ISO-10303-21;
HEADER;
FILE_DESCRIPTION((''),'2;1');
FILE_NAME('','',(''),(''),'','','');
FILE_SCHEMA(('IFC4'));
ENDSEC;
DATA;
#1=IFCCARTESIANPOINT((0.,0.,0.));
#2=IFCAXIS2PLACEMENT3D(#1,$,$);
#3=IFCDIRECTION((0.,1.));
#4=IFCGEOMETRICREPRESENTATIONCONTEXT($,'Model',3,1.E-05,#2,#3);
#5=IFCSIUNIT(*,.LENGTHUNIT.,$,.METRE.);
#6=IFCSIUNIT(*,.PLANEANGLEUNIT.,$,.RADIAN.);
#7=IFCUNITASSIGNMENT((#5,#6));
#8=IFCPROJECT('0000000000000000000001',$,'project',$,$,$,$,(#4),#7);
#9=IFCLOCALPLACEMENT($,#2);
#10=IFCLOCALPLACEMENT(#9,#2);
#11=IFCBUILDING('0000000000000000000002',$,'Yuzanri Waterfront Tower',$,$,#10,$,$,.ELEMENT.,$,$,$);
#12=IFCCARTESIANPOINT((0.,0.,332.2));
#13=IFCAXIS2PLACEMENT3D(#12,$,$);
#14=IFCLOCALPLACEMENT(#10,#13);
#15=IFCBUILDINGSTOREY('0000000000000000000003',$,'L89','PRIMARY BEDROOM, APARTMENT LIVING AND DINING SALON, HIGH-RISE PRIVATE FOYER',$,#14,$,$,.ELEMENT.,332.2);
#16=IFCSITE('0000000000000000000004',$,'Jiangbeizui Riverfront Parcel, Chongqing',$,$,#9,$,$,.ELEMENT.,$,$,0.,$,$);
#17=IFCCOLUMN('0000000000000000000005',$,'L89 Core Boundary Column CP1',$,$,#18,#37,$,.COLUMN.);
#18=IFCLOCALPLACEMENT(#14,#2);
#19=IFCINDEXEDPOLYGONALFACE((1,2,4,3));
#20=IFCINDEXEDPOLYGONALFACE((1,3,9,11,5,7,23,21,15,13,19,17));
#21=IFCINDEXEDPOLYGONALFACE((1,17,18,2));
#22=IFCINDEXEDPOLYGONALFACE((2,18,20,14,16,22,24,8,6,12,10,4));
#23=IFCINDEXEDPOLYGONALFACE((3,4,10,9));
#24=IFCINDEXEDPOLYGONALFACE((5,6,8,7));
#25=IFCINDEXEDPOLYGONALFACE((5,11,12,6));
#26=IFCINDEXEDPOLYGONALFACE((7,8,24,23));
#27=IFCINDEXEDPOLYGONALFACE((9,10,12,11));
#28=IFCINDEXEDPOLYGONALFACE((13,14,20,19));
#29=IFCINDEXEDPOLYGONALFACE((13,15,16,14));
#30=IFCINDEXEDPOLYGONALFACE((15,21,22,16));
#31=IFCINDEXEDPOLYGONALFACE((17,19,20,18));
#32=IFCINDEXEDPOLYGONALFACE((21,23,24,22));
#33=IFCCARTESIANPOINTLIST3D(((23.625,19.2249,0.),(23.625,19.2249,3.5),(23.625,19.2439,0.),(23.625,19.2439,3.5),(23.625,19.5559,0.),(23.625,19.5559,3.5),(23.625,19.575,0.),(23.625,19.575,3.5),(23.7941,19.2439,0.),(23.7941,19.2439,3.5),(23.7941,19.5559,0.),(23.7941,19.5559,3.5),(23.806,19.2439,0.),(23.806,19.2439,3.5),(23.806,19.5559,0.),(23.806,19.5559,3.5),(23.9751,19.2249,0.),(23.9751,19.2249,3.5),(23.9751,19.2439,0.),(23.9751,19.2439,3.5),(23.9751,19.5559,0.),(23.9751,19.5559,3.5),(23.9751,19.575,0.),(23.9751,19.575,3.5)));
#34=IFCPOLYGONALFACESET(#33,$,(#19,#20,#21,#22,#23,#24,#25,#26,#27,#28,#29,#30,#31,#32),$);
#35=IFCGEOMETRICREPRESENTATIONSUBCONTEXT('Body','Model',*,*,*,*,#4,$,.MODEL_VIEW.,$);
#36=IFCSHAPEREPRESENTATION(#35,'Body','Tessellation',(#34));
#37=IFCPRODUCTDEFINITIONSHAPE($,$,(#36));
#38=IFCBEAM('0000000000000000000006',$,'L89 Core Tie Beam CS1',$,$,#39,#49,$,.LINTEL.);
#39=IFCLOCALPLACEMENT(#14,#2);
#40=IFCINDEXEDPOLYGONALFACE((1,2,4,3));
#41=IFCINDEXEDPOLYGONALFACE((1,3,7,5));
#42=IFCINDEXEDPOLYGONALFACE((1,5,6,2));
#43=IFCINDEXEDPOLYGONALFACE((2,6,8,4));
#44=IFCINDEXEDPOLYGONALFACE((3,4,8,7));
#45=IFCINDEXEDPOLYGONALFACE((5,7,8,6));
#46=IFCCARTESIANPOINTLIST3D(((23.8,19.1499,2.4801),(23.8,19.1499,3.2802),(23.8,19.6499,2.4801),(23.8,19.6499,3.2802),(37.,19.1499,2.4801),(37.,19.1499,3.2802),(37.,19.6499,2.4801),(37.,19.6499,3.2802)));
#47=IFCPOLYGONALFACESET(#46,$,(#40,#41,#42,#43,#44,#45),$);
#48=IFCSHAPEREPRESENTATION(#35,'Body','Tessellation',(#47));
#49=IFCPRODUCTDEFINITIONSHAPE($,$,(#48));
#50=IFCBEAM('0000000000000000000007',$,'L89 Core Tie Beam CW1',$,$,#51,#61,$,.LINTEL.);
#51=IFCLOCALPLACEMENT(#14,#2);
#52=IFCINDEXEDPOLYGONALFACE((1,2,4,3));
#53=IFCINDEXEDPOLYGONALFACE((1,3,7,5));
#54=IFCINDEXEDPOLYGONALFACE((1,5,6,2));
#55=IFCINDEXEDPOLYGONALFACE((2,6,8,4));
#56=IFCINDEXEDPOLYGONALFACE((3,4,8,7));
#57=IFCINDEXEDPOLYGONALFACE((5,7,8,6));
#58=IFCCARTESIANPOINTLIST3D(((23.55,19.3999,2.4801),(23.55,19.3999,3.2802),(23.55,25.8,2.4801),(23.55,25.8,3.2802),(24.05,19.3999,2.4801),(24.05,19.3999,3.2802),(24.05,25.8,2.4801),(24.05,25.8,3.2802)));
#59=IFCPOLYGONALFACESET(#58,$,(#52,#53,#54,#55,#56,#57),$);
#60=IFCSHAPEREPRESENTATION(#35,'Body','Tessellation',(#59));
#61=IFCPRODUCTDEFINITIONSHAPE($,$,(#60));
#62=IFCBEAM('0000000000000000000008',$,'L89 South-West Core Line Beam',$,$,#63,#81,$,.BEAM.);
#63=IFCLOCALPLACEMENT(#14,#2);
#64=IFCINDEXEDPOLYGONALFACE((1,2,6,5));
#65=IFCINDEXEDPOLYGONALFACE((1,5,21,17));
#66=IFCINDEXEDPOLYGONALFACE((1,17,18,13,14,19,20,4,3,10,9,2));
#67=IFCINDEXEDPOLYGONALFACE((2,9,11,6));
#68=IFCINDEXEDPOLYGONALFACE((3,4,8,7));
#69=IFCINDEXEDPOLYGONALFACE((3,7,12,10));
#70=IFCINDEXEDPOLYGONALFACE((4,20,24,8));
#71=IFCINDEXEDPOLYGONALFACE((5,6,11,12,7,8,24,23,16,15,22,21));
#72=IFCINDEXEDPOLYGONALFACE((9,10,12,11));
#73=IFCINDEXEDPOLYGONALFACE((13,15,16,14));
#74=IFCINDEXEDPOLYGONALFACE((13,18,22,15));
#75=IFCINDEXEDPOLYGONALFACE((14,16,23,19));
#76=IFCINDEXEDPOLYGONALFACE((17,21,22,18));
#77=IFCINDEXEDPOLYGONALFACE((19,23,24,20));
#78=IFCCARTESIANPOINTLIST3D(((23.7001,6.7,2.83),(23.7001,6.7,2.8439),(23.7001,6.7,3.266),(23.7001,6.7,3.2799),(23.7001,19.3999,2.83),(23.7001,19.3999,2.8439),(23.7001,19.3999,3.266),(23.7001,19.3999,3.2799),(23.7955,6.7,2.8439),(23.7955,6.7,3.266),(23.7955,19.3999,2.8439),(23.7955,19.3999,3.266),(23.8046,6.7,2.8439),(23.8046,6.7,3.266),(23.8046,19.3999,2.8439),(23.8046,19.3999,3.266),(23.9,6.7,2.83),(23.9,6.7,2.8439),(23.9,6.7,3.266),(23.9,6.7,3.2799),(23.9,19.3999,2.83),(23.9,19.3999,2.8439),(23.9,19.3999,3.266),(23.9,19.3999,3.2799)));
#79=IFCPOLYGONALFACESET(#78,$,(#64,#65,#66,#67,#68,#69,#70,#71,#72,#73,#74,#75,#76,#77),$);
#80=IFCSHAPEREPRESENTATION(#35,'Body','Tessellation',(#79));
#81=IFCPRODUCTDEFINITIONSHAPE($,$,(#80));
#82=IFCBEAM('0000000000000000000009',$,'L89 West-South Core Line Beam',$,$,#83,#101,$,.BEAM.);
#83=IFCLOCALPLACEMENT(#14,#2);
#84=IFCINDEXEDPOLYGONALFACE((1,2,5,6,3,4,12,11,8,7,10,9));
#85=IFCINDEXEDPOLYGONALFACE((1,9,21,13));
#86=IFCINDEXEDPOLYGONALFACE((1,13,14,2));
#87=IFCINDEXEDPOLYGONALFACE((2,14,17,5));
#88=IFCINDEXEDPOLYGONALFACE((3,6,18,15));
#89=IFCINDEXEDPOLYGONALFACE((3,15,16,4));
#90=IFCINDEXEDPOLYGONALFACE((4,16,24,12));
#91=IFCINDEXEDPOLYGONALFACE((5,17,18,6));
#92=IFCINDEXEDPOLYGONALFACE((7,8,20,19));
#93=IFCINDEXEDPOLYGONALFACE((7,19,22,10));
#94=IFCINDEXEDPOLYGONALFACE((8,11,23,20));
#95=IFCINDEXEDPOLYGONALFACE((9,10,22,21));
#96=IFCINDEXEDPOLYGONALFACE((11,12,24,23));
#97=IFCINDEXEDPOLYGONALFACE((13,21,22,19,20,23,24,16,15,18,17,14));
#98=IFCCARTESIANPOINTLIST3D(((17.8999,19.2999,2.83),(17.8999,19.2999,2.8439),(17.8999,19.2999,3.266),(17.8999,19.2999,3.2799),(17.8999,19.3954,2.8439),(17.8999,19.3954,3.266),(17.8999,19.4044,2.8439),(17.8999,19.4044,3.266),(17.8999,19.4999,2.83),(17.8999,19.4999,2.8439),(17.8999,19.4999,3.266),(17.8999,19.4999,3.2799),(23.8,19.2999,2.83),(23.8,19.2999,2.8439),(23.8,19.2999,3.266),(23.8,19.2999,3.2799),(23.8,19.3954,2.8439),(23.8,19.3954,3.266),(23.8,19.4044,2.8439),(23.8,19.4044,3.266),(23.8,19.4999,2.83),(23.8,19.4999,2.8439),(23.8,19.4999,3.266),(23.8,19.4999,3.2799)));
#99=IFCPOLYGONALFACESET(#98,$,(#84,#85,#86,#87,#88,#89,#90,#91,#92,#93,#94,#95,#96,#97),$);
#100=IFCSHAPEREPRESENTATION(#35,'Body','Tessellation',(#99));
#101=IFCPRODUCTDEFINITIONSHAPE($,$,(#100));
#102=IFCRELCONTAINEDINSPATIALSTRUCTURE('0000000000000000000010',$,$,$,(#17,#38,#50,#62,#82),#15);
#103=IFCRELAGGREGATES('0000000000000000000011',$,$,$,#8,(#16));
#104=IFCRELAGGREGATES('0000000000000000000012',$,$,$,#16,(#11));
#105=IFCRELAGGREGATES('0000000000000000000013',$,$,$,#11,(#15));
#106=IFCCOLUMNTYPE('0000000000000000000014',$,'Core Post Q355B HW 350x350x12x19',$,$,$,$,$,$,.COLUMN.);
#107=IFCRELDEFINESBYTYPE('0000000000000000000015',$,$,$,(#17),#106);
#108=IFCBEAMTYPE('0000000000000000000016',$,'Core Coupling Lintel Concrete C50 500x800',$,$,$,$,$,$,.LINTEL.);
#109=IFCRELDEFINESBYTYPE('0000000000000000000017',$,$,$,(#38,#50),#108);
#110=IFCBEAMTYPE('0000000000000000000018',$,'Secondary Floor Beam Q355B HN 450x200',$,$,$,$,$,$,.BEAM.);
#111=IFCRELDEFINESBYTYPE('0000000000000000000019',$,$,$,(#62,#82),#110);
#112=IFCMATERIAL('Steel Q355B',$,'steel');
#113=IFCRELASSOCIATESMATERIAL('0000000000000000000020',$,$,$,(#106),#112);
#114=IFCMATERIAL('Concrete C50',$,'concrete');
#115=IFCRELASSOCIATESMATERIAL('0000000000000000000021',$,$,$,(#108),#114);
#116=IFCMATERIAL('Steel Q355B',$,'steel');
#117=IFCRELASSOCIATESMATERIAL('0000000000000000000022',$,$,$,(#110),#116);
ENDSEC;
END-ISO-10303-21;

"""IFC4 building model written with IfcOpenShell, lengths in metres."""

from ifc_helpers import new_model, si_unit, direction, frame, origin, origin_2d, place, context, subcontext, project, spatial, rectangle, i_section, extrude, source, transform, mapped, material, material_profile, profile_set, type_object, element, save


model = new_model("IFC4")

# Units and contexts
model_context = context("Model", 3, precision=1e-05, world=origin(), true_north=direction((0.0, 1.0)))
body_context = subcontext(model_context, "Body", "Model", "MODEL_VIEW")
ifc_project = project(units=[si_unit("LENGTHUNIT", "METRE"), si_unit("PLANEANGLEUNIT", "RADIAN")], contexts=[model_context])

# Site, building, storey
site_placement = place(None, origin())
site = spatial("IfcSite", under=ifc_project, at=site_placement, Name="Jiangbeizui Riverfront Parcel, Chongqing", CompositionType="ELEMENT", RefElevation=0.0)
building_placement = place(site_placement, origin())
building = spatial("IfcBuilding", under=site, at=building_placement, Name="Yuzanri Waterfront Tower", CompositionType="ELEMENT")
storey_placement = place(building_placement, frame((0.0, 0.0, 332.2)))
storey = spatial("IfcBuildingStorey", under=building, at=storey_placement, Name="L89", Description="PRIMARY BEDROOM, APARTMENT LIVING AND DINING SALON, HIGH-RISE PRIVATE FOYER", CompositionType="ELEMENT", Elevation=332.2)

# Column
ifc_material_1 = material(Name="Steel Q355B", Category="steel")
ifc_material_profile_1 = material_profile(ifc_material_1, i_section(OverallWidth=0.3501, OverallDepth=0.3501, WebThickness=0.012, FlangeThickness=0.019, at=origin_2d()), Name="HW 350x350x12x19")
ifc_profile_set_1 = profile_set([ifc_material_profile_1], Name="Steel Q355B")
column_type = type_object("IfcColumnType", Name="Core Post Q355B HW 350x350x12x19", PredefinedType="COLUMN", material=ifc_profile_set_1)
shared_shape_1 = source(origin(), body_context, "Body", "SweptSolid", [
    extrude(i_section(OverallWidth=0.3501, OverallDepth=0.3501, WebThickness=0.012, FlangeThickness=0.019, at=origin_2d()), origin(), (0.0, 0.0, 1.0), 3.5),
])
column_placement = place(storey_placement, frame((23.8, 19.3999, 0.0), z_axis=(0.0, 0.0, 1.0), x_axis=(1.0, 0.0, 0.0)))
element("IfcColumn", 1, at=column_placement, inside=storey, type_object=column_type, Name="L89 Core Boundary Column CP1", PredefinedType="COLUMN", context=body_context, shape_type="MappedRepresentation", body=[
    mapped(shared_shape_1, transform((0.0, 0.0, 0.0), scale=1.0)),
])

# Beams
ifc_material_2 = material(Name="Concrete C50", Category="concrete")
ifc_material_profile_2 = material_profile(ifc_material_2, rectangle(XDim=0.5, YDim=0.8, at=origin_2d()), Name="RC 500x800")
ifc_profile_set_2 = profile_set([ifc_material_profile_2], Name="Concrete C50")
beam_type_1 = type_object("IfcBeamType", Name="Core Coupling Lintel Concrete C50 500x800", PredefinedType="LINTEL", material=ifc_profile_set_2)
shared_shape_2 = source(origin(), body_context, "Body", "SweptSolid", [
    extrude(rectangle(XDim=0.5, YDim=0.8, at=origin_2d()), origin(), (0.0, 0.0, 1.0), 13.2),
])
beam_1_placement = place(storey_placement, frame((23.8, 19.3999, 2.8801), z_axis=(1.0, 0.0, 0.0), x_axis=(0.0, 1.0, 0.0)))
element("IfcBeam", 2, at=beam_1_placement, inside=storey, type_object=beam_type_1, Name="L89 Core Tie Beam CS1", PredefinedType="LINTEL", context=body_context, shape_type="MappedRepresentation", body=[
    mapped(shared_shape_2, transform((0.0, 0.0, 0.0), scale=1.0)),
])
shared_shape_3 = source(origin(), body_context, "Body", "SweptSolid", [
    extrude(rectangle(XDim=0.5, YDim=0.8, at=origin_2d()), origin(), (0.0, 0.0, 1.0), 6.4001),
])
beam_2_placement = place(storey_placement, frame((23.8, 19.3999, 2.8801), z_axis=(0.0, 1.0, 0.0), x_axis=(-1.0, 0.0, 0.0)))
element("IfcBeam", 3, at=beam_2_placement, inside=storey, type_object=beam_type_1, Name="L89 Core Tie Beam CW1", PredefinedType="LINTEL", context=body_context, shape_type="MappedRepresentation", body=[
    mapped(shared_shape_3, transform((0.0, 0.0, 0.0), scale=1.0)),
])
ifc_material_3 = material(Name="Steel Q355B", Category="steel")
ifc_material_profile_3 = material_profile(ifc_material_3, i_section(OverallWidth=0.2, OverallDepth=0.45, WebThickness=0.009, FlangeThickness=0.0139, at=origin_2d()), Name="HN 450x200x9x14")
ifc_profile_set_3 = profile_set([ifc_material_profile_3], Name="Steel Q355B")
beam_type_2 = type_object("IfcBeamType", Name="Secondary Floor Beam Q355B HN 450x200", PredefinedType="BEAM", material=ifc_profile_set_3)
shared_shape_4 = source(origin(), body_context, "Body", "SweptSolid", [
    extrude(i_section(OverallWidth=0.2, OverallDepth=0.45, WebThickness=0.009, FlangeThickness=0.0139, at=origin_2d()), origin(), (0.0, 0.0, 1.0), 12.7),
])
beam_3_placement = place(storey_placement, frame((23.8, 19.3999, 3.0549), z_axis=(0.0, -1.0, 0.0), x_axis=(1.0, 0.0, 0.0)))
element("IfcBeam", 4, at=beam_3_placement, inside=storey, type_object=beam_type_2, Name="L89 South-West Core Line Beam", PredefinedType="BEAM", context=body_context, shape_type="MappedRepresentation", body=[
    mapped(shared_shape_4, transform((0.0, 0.0, 0.0), scale=1.0)),
])
shared_shape_5 = source(origin(), body_context, "Body", "SweptSolid", [
    extrude(i_section(OverallWidth=0.2, OverallDepth=0.45, WebThickness=0.009, FlangeThickness=0.0139, at=origin_2d()), origin(), (0.0, 0.0, 1.0), 5.9001),
])
beam_4_placement = place(storey_placement, frame((23.8, 19.3999, 3.0549), z_axis=(-1.0, 0.0, 0.0), x_axis=(0.0, -1.0, 0.0)))
element("IfcBeam", 5, at=beam_4_placement, inside=storey, type_object=beam_type_2, Name="L89 West-South Core Line Beam", PredefinedType="BEAM", context=body_context, shape_type="MappedRepresentation", body=[
    mapped(shared_shape_5, transform((0.0, 0.0, 0.0), scale=1.0)),
])

save(model, "model.ifc")
